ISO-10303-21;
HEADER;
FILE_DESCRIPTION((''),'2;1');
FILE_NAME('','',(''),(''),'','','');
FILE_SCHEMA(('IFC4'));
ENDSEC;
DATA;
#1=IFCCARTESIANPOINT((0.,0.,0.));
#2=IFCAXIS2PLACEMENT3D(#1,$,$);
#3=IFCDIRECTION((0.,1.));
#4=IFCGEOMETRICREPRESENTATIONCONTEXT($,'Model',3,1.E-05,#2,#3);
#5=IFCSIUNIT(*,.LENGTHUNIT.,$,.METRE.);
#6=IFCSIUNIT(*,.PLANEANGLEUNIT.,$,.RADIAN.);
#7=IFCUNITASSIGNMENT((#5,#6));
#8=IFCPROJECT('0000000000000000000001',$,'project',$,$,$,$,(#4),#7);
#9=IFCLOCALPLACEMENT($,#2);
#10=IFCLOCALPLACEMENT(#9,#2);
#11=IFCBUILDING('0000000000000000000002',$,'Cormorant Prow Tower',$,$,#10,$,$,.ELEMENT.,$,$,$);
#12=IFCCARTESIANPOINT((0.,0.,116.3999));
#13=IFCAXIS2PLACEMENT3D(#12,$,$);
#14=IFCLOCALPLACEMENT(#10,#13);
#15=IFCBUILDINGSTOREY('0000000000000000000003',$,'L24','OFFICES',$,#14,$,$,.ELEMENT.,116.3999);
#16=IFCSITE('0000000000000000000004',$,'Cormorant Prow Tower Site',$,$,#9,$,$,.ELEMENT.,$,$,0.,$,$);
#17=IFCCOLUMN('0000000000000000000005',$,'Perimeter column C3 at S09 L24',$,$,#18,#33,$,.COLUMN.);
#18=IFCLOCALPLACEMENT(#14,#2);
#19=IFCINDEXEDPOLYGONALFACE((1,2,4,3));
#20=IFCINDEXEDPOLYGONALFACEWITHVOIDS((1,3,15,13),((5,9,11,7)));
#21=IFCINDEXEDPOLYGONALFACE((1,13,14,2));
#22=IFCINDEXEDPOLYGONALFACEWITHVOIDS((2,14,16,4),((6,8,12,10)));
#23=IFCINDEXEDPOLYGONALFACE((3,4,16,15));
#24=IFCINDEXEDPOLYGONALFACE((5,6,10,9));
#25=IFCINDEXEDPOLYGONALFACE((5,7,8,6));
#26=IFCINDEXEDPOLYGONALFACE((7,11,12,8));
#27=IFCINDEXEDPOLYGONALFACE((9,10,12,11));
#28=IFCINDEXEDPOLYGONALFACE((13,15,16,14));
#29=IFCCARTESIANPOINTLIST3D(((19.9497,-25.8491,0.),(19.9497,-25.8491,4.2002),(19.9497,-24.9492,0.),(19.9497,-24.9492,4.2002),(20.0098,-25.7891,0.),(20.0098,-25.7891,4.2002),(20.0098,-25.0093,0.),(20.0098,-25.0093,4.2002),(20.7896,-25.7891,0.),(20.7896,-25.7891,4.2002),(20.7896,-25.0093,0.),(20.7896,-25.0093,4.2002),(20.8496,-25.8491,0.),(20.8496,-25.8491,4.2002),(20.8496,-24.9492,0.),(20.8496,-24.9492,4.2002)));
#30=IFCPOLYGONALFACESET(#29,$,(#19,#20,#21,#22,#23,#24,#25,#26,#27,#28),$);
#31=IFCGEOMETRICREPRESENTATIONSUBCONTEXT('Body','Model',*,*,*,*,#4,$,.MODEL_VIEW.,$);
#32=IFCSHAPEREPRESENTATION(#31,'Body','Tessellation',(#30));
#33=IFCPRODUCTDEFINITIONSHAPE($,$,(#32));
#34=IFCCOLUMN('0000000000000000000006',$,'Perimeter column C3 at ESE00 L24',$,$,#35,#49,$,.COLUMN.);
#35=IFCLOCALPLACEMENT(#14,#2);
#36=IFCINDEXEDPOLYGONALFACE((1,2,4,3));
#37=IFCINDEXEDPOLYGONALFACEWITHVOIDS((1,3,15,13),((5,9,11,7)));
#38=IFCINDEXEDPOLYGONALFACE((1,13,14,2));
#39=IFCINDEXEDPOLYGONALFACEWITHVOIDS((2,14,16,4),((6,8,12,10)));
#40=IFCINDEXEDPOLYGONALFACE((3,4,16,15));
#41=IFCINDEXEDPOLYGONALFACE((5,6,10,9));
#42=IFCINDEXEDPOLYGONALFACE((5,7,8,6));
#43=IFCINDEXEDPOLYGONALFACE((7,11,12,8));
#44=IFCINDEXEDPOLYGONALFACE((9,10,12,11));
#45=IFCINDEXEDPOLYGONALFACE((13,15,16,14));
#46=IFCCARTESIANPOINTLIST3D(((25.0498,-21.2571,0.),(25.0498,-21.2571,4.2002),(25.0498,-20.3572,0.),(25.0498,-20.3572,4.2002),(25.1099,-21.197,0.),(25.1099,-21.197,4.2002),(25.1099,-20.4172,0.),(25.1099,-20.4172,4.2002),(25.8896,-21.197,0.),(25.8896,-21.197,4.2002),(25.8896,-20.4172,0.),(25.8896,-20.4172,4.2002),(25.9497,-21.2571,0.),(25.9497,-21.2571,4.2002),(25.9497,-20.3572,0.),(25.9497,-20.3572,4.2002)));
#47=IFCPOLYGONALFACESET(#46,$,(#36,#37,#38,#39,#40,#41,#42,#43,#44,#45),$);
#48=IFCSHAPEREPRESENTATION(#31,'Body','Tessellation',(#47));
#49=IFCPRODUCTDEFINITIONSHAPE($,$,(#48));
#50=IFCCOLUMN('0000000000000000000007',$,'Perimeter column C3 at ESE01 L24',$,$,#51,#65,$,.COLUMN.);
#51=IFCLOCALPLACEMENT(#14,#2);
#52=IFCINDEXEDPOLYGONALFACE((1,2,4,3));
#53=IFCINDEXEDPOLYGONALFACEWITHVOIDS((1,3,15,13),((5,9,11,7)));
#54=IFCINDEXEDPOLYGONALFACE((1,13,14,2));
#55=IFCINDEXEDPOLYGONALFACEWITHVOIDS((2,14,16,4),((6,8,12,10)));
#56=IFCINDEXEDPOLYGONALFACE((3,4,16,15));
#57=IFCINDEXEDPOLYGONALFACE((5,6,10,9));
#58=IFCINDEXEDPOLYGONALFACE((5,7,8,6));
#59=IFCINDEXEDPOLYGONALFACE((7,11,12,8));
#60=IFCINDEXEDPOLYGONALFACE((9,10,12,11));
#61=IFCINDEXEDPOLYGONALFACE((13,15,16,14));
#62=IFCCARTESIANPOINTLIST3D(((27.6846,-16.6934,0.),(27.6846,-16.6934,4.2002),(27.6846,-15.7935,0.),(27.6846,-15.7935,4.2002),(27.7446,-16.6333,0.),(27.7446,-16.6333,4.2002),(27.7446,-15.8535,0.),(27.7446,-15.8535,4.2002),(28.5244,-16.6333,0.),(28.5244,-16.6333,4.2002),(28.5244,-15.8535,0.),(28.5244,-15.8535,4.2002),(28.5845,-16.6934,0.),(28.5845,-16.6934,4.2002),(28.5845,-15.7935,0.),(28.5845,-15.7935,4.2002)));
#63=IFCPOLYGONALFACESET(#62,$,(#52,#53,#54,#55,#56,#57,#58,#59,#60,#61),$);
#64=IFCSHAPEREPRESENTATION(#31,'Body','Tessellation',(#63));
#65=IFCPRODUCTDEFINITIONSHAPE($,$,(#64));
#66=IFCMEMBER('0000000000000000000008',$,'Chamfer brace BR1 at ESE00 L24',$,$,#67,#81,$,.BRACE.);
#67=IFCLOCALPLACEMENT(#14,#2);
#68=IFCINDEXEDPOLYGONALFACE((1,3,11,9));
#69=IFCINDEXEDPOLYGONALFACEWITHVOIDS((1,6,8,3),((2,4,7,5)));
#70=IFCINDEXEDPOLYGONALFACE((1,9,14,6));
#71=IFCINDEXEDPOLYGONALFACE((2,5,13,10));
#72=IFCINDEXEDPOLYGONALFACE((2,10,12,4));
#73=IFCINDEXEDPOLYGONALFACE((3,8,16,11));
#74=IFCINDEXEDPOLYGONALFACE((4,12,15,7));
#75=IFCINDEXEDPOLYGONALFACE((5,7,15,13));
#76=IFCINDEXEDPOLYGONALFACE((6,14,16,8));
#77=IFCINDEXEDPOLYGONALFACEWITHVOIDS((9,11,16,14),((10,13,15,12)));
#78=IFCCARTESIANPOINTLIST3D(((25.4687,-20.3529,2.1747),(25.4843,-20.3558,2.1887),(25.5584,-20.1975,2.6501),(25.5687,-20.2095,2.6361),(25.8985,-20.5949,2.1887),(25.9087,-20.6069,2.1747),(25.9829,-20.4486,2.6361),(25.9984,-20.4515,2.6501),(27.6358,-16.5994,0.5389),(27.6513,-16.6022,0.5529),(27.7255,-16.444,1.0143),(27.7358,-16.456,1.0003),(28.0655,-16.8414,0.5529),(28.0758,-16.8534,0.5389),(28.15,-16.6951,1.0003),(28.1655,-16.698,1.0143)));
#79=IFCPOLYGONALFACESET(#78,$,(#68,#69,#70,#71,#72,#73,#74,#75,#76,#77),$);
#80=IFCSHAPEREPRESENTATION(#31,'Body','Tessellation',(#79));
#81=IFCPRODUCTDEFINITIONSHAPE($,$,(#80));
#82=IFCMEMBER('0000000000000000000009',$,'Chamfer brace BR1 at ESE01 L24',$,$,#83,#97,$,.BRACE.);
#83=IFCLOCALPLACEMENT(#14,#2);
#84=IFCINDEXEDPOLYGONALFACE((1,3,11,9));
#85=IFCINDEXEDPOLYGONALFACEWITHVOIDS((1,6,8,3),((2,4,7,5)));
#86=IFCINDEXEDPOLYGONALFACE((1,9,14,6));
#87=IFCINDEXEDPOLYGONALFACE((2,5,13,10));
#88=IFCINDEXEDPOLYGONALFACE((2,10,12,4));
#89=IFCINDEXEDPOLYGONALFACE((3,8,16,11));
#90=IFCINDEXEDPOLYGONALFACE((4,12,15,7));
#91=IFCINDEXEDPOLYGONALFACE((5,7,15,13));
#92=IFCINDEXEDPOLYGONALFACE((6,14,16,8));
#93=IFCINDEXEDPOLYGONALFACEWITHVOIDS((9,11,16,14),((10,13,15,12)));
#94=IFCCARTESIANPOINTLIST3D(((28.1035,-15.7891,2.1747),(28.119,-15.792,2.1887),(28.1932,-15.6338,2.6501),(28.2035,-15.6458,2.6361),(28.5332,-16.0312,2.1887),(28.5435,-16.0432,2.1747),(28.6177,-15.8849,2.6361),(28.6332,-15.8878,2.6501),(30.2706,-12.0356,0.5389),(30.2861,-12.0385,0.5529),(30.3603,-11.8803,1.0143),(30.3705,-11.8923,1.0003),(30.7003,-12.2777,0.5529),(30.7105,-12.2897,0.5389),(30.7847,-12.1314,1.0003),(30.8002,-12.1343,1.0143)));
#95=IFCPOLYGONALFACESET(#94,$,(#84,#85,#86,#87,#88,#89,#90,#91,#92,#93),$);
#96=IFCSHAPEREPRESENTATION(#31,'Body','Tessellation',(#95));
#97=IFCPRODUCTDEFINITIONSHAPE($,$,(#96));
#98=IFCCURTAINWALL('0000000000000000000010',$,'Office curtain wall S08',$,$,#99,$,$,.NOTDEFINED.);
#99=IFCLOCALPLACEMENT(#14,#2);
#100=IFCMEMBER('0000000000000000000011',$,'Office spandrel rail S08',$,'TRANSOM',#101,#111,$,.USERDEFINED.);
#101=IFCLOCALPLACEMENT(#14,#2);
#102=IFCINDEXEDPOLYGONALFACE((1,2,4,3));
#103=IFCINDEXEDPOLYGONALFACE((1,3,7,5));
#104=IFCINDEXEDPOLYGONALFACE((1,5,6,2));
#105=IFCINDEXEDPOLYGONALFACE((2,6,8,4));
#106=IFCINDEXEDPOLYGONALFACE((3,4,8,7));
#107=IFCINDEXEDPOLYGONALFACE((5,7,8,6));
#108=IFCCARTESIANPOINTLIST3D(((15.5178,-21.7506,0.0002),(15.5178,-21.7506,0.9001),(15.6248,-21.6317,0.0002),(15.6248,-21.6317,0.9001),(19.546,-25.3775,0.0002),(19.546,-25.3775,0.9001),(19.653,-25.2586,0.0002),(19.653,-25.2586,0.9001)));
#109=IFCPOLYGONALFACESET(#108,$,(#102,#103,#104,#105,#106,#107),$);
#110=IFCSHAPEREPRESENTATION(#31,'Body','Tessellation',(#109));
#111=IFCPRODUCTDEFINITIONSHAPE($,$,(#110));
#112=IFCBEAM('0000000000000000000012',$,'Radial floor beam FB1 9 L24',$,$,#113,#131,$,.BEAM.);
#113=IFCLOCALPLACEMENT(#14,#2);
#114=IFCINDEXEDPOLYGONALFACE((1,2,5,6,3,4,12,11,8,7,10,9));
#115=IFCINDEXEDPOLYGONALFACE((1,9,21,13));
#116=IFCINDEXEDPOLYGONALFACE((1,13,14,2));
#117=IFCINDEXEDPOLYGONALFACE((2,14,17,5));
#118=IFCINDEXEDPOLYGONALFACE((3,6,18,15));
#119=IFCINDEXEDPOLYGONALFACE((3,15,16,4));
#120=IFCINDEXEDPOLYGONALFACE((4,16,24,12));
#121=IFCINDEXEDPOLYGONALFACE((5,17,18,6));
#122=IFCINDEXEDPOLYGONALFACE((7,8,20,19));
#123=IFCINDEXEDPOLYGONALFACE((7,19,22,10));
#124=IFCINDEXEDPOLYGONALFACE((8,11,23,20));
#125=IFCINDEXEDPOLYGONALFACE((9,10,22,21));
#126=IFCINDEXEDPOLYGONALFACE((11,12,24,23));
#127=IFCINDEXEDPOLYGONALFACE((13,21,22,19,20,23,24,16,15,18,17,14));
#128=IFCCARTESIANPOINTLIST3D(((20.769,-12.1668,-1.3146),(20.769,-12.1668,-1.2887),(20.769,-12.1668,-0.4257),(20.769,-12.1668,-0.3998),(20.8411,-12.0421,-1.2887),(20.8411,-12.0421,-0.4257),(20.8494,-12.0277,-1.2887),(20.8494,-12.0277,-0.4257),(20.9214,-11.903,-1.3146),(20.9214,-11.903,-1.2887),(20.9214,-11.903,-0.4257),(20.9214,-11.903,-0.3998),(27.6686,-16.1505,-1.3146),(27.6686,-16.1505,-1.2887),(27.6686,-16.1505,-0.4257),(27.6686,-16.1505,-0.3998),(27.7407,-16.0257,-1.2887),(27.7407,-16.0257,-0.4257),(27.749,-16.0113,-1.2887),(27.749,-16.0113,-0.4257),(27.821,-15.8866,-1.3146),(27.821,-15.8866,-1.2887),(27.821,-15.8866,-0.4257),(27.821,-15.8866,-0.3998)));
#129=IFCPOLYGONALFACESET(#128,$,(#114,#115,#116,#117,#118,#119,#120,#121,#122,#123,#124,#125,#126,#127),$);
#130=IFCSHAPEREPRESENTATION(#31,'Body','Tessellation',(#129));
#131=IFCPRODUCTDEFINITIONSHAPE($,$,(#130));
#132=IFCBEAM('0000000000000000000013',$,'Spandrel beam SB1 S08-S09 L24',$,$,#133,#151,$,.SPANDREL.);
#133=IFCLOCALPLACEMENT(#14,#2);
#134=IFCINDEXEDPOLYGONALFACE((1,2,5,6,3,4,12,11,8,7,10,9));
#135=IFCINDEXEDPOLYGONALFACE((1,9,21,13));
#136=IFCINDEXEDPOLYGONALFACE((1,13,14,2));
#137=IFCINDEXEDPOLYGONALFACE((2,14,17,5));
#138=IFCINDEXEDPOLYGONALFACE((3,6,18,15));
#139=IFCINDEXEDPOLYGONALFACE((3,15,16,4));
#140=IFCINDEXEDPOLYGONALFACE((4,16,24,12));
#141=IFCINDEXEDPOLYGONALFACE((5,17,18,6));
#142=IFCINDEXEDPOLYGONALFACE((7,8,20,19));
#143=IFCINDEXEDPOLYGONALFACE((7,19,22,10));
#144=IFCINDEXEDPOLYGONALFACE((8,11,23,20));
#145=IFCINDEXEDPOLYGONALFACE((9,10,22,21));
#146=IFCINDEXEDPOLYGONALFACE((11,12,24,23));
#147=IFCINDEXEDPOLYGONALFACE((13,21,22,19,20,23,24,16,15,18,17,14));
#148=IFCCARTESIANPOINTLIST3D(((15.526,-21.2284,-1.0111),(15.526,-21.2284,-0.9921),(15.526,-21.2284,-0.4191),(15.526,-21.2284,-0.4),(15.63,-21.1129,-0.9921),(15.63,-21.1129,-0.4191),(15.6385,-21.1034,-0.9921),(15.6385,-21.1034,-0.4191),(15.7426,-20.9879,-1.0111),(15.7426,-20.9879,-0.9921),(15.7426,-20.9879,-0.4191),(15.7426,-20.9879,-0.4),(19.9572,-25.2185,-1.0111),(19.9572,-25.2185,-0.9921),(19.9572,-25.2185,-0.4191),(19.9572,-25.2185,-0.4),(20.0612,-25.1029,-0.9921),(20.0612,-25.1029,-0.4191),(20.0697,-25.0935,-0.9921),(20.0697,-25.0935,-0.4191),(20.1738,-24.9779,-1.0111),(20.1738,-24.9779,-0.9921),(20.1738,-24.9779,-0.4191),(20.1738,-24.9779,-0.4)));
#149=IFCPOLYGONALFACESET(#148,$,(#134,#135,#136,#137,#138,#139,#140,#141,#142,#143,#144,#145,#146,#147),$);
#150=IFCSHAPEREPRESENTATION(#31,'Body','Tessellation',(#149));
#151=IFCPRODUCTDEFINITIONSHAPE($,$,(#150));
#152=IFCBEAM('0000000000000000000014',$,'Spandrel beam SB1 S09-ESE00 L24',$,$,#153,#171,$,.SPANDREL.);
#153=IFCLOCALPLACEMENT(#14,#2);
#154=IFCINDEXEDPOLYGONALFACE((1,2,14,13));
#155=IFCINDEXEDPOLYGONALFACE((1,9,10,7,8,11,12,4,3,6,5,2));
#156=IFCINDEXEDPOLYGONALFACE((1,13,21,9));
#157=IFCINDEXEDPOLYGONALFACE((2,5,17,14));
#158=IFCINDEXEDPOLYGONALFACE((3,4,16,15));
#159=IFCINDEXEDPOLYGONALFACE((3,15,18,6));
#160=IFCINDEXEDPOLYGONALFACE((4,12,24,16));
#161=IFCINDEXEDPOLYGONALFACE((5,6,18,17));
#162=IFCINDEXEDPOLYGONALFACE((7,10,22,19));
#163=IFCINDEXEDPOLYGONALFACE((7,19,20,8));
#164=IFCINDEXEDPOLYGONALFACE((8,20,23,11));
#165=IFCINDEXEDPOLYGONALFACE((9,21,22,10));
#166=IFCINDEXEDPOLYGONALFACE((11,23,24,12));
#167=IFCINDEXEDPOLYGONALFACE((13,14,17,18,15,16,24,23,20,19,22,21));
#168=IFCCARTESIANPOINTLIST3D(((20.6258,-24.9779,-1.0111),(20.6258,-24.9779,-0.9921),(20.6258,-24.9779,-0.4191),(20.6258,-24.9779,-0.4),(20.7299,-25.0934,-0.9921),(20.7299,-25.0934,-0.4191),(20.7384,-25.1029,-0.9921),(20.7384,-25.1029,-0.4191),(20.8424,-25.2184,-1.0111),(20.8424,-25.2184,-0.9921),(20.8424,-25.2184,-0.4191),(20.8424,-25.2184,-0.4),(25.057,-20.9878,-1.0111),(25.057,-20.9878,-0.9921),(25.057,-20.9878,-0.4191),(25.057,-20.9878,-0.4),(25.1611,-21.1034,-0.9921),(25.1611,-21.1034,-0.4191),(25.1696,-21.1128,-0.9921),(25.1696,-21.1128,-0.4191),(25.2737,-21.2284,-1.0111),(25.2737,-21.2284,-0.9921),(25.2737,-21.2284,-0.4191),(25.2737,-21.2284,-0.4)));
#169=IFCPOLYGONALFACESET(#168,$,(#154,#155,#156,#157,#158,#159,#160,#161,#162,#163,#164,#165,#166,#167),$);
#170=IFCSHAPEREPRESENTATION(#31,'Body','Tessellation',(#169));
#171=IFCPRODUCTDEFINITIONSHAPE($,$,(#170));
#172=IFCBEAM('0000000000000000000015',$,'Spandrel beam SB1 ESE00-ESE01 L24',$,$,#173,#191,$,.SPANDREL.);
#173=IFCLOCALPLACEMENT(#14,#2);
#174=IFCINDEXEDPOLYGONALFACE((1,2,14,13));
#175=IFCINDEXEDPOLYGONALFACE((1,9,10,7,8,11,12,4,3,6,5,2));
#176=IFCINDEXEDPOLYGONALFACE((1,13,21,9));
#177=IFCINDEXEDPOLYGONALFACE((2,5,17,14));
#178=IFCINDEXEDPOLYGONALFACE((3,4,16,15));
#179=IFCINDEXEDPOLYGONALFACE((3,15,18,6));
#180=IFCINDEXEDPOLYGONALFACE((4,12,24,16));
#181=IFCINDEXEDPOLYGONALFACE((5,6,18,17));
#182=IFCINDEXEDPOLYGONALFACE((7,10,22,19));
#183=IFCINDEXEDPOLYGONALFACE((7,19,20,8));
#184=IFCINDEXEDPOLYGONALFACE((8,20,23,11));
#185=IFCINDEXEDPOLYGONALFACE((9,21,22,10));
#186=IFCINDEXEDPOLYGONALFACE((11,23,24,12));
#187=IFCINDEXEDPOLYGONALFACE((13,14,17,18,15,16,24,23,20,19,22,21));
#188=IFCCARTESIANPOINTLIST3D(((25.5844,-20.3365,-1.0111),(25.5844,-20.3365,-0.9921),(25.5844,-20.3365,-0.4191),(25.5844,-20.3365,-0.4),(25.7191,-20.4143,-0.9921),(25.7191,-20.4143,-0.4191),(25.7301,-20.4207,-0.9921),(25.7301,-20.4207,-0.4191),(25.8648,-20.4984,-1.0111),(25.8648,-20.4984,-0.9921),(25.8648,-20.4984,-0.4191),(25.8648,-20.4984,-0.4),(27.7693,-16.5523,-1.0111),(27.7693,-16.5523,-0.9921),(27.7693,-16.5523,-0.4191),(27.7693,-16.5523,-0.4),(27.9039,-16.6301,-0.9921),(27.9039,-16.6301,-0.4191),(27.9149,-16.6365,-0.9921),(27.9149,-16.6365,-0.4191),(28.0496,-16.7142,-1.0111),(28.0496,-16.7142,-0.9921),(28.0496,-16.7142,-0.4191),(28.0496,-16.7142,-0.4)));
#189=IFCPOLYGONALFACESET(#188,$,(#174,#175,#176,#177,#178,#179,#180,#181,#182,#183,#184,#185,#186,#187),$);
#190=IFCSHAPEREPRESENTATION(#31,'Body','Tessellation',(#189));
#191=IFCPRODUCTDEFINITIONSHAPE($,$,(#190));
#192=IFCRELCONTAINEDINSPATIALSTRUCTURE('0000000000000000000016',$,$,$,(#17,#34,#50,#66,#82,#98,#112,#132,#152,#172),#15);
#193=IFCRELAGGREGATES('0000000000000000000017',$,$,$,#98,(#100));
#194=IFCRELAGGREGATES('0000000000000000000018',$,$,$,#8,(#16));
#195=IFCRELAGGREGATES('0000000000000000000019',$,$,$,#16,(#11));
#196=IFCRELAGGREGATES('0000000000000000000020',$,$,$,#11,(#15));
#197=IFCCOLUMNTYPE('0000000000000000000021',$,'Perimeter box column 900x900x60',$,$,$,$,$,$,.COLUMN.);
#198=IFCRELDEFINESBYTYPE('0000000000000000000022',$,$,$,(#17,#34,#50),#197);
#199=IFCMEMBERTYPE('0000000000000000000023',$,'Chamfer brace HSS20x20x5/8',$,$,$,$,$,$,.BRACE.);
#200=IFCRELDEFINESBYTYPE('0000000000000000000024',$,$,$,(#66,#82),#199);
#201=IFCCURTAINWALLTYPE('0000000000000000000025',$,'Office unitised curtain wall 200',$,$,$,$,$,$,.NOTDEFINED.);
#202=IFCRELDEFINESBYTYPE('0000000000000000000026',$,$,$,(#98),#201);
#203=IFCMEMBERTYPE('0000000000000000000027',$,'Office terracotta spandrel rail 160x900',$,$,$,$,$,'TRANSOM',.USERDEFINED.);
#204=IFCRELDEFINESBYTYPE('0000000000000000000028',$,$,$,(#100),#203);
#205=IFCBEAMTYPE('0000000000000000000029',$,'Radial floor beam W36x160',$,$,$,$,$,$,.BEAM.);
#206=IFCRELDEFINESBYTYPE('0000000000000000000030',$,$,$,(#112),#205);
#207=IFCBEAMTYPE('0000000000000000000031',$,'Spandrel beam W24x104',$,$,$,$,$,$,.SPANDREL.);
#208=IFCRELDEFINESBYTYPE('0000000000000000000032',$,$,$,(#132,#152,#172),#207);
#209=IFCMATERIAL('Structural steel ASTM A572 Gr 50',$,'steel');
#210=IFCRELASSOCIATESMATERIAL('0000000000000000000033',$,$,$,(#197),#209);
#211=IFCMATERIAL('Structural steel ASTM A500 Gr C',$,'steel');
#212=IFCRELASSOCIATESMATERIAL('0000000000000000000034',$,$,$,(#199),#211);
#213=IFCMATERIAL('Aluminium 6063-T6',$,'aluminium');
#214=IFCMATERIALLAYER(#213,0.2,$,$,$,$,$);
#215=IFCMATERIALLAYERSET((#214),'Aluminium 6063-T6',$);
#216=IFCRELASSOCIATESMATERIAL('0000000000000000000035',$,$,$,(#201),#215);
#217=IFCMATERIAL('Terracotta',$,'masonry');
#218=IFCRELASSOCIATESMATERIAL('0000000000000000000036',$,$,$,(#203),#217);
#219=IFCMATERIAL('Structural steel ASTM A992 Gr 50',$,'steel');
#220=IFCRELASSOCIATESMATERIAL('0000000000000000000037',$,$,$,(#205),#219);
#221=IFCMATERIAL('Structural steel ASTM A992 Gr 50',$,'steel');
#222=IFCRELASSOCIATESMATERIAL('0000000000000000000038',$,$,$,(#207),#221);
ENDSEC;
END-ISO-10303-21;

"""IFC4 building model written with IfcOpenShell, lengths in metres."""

from ifc_helpers import new_model, si_unit, direction, frame, origin, origin_2d, place, context, subcontext, project, spatial, rectangle, hollow_rectangle, i_section, extrude, material, layer, layer_set, material_profile, profile_set, type_object, element, aggregate, save


model = new_model("IFC4")

# Units and contexts
model_context = context("Model", 3, precision=1e-05, world=origin(), true_north=direction((0.0, 1.0)))
body_context = subcontext(model_context, "Body", "Model", "MODEL_VIEW")
ifc_project = project(units=[si_unit("LENGTHUNIT", "METRE"), si_unit("PLANEANGLEUNIT", "RADIAN")], contexts=[model_context])

# Site, building, storey
site_placement = place(None, origin())
site = spatial("IfcSite", under=ifc_project, at=site_placement, Name="Cormorant Prow Tower Site", CompositionType="ELEMENT", RefElevation=0.0)
building_placement = place(site_placement, origin())
building = spatial("IfcBuilding", under=site, at=building_placement, Name="Cormorant Prow Tower", CompositionType="ELEMENT")
storey_placement = place(building_placement, frame((0.0, 0.0, 116.3999)))
storey = spatial("IfcBuildingStorey", under=building, at=storey_placement, Name="L24", Description="OFFICES", CompositionType="ELEMENT", Elevation=116.3999)

# Columns
ifc_material_1 = material(Name="Structural steel ASTM A572 Gr 50", Category="steel")
ifc_material_profile_1 = material_profile(ifc_material_1, hollow_rectangle(XDim=0.8999, YDim=0.8999, WallThickness=0.0601, at=origin_2d()), Name="Box 900x900x60")
ifc_profile_set_1 = profile_set([ifc_material_profile_1], Name="Structural steel ASTM A572 Gr 50")
column_type = type_object("IfcColumnType", Name="Perimeter box column 900x900x60", PredefinedType="COLUMN", material=ifc_profile_set_1)
for number, where, z_axis, x_axis, name in (
    (1, (20.3997, -25.3992, 0.0), (0.0, 0.0, 1.0), (1.0, 0.0, 0.0), "Perimeter column C3 at S09 L24"),
    (2, (25.4998, -20.8071, 0.0), (0.0, 0.0, 1.0), (1.0, 0.0, 0.0), "Perimeter column C3 at ESE00 L24"),
    (3, (28.1345, -16.2434, 0.0), (0.0, 0.0, 1.0), (1.0, 0.0, 0.0), "Perimeter column C3 at ESE01 L24"),
):
    element("IfcColumn", number, at=place(storey_placement, frame(where, z_axis=z_axis, x_axis=x_axis)), inside=storey, type_object=column_type, Name=name, PredefinedType="COLUMN", context=body_context, shape_type="SweptSolid", body=[
        extrude(hollow_rectangle(XDim=0.8999, YDim=0.8999, WallThickness=0.0601, at=origin_2d()), origin(), (0.0, 0.0, 1.0), 4.2002),
    ])

# Members
ifc_material_2 = material(Name="Structural steel ASTM A500 Gr C", Category="steel")
ifc_material_profile_2 = material_profile(ifc_material_2, hollow_rectangle(XDim=0.5081, YDim=0.5081, WallThickness=0.0149, at=origin_2d()), Name="HSS20x20x5/8")
ifc_profile_set_2 = profile_set([ifc_material_profile_2], Name="Structural steel ASTM A500 Gr C")
member_type_1 = type_object("IfcMemberType", Name="Chamfer brace HSS20x20x5/8", PredefinedType="BRACE", material=ifc_profile_set_2)
for number, where, z_axis, x_axis, name in (
    (4, (27.9006, -16.6487, 0.7766), (-0.467785, -0.810244, 0.353105), (0.86603, -0.499992, 0.0), "Chamfer brace BR1 at ESE00 L24"),
    (5, (30.5354, -12.085, 0.7766), (-0.467785, -0.810244, 0.353105), (0.86603, -0.499992, 0.0), "Chamfer brace BR1 at ESE01 L24"),
):
    element("IfcMember", number, at=place(storey_placement, frame(where, z_axis=z_axis, x_axis=x_axis)), inside=storey, type_object=member_type_1, Name=name, PredefinedType="BRACE", context=body_context, shape_type="SweptSolid", body=[
        extrude(hollow_rectangle(XDim=0.5081, YDim=0.5081, WallThickness=0.0149, at=origin_2d()), origin(), (0.0, 0.0, 1.0), 4.6326),
    ])

# Curtain wall, member
ifc_material_3 = material(Name="Aluminium 6063-T6", Category="aluminium")
ifc_layer_1 = layer(ifc_material_3, 0.2)
ifc_layer_set_1 = layer_set([ifc_layer_1], Name="Aluminium 6063-T6")
curtain_wall_type = type_object("IfcCurtainWallType", Name="Office unitised curtain wall 200", PredefinedType="NOTDEFINED", material=ifc_layer_set_1)
curtain_wall_placement = place(storey_placement, origin())
curtain_wall = element("IfcCurtainWall", 6, at=curtain_wall_placement, inside=storey, type_object=curtain_wall_type, Name="Office curtain wall S08", PredefinedType="NOTDEFINED")
ifc_material_4 = material(Name="Terracotta", Category="masonry")
ifc_material_profile_3 = material_profile(ifc_material_4, rectangle(XDim=0.1599, YDim=0.8999, at=origin_2d()), Name="Office terracotta spandrel rail 160x900")
ifc_profile_set_3 = profile_set([ifc_material_profile_3], Name="Terracotta")
member_type_2 = type_object("IfcMemberType", Name="Office terracotta spandrel rail 160x900", ElementType="TRANSOM", PredefinedType="USERDEFINED", material=ifc_profile_set_3)
member_placement = place(storey_placement, frame((15.5713, -21.6912, 0.4502), z_axis=(0.74316, -0.669114, 0.0), x_axis=(0.669114, 0.74316, 0.0)))
member = element("IfcMember", 7, at=member_placement, type_object=member_type_2, Name="Office spandrel rail S08", ObjectType="TRANSOM", PredefinedType="USERDEFINED", context=body_context, shape_type="SweptSolid", body=[
    extrude(rectangle(XDim=0.1599, YDim=0.8999, at=origin_2d()), origin(), (0.0, 0.0, 1.0), 5.4204),
])

# Beams
ifc_material_5 = material(Name="Structural steel ASTM A992 Gr 50", Category="steel")
ifc_material_profile_4 = material_profile(ifc_material_5, i_section(OverallWidth=0.3047, OverallDepth=0.9148, WebThickness=0.0166, FlangeThickness=0.0259, at=origin_2d()), Name="W36x160")
ifc_profile_set_4 = profile_set([ifc_material_profile_4], Name="Structural steel ASTM A992 Gr 50")
beam_type_1 = type_object("IfcBeamType", Name="Radial floor beam W36x160", PredefinedType="BEAM", material=ifc_profile_set_4)
beam_placement = place(storey_placement, frame((20.8452, -12.0349, -0.8572), z_axis=(0.866019, -0.500012, 0.0), x_axis=(0.500012, 0.866019, 0.0)))
element("IfcBeam", 8, at=beam_placement, inside=storey, type_object=beam_type_1, Name="Radial floor beam FB1 9 L24", PredefinedType="BEAM", context=body_context, shape_type="SweptSolid", body=[
    extrude(i_section(OverallWidth=0.3047, OverallDepth=0.9148, WebThickness=0.0166, FlangeThickness=0.0259, at=origin_2d()), origin(), (0.0, 0.0, 1.0), 7.967),
])
ifc_material_6 = material(Name="Structural steel ASTM A992 Gr 50", Category="steel")
ifc_material_profile_5 = material_profile(ifc_material_6, i_section(OverallWidth=0.3237, OverallDepth=0.6111, WebThickness=0.0127, FlangeThickness=0.019, at=origin_2d()), Name="W24x104")
ifc_profile_set_5 = profile_set([ifc_material_profile_5], Name="Structural steel ASTM A992 Gr 50")
beam_type_2 = type_object("IfcBeamType", Name="Spandrel beam W24x104", PredefinedType="SPANDREL", material=ifc_profile_set_5)
for number, where, z_axis, x_axis, name in (
    (9, (15.6343, -21.1082, -0.7056), (0.743131, -0.669146, 0.0), (0.669146, 0.743131, 0.0), "Spandrel beam SB1 S08-S09 L24"),
    (10, (20.7341, -25.0981, -0.7056), (0.743131, 0.669146, 0.0), (-0.669146, 0.743131, 0.0), "Spandrel beam SB1 S09-ESE00 L24"),
):
    element("IfcBeam", number, at=place(storey_placement, frame(where, z_axis=z_axis, x_axis=x_axis)), inside=storey, type_object=beam_type_2, Name=name, PredefinedType="SPANDREL", context=body_context, shape_type="SweptSolid", body=[
        extrude(i_section(OverallWidth=0.3237, OverallDepth=0.6111, WebThickness=0.0127, FlangeThickness=0.019, at=origin_2d()), origin(), (0.0, 0.0, 1.0), 5.9629),
    ])
for number, where, z_axis, x_axis, name in (
    (11, (25.7246, -20.4175, -0.7056), (0.500003, 0.866024, 0.0), (-0.866024, 0.500003, 0.0), "Spandrel beam SB1 ESE00-ESE01 L24"),
):
    element("IfcBeam", number, at=place(storey_placement, frame(where, z_axis=z_axis, x_axis=x_axis)), inside=storey, type_object=beam_type_2, Name=name, PredefinedType="SPANDREL", context=body_context, shape_type="SweptSolid", body=[
        extrude(i_section(OverallWidth=0.3237, OverallDepth=0.6111, WebThickness=0.0127, FlangeThickness=0.019, at=origin_2d()), origin(), (0.0, 0.0, 1.0), 4.3696),
    ])

aggregate(curtain_wall, [member])

save(model, "model.ifc")
